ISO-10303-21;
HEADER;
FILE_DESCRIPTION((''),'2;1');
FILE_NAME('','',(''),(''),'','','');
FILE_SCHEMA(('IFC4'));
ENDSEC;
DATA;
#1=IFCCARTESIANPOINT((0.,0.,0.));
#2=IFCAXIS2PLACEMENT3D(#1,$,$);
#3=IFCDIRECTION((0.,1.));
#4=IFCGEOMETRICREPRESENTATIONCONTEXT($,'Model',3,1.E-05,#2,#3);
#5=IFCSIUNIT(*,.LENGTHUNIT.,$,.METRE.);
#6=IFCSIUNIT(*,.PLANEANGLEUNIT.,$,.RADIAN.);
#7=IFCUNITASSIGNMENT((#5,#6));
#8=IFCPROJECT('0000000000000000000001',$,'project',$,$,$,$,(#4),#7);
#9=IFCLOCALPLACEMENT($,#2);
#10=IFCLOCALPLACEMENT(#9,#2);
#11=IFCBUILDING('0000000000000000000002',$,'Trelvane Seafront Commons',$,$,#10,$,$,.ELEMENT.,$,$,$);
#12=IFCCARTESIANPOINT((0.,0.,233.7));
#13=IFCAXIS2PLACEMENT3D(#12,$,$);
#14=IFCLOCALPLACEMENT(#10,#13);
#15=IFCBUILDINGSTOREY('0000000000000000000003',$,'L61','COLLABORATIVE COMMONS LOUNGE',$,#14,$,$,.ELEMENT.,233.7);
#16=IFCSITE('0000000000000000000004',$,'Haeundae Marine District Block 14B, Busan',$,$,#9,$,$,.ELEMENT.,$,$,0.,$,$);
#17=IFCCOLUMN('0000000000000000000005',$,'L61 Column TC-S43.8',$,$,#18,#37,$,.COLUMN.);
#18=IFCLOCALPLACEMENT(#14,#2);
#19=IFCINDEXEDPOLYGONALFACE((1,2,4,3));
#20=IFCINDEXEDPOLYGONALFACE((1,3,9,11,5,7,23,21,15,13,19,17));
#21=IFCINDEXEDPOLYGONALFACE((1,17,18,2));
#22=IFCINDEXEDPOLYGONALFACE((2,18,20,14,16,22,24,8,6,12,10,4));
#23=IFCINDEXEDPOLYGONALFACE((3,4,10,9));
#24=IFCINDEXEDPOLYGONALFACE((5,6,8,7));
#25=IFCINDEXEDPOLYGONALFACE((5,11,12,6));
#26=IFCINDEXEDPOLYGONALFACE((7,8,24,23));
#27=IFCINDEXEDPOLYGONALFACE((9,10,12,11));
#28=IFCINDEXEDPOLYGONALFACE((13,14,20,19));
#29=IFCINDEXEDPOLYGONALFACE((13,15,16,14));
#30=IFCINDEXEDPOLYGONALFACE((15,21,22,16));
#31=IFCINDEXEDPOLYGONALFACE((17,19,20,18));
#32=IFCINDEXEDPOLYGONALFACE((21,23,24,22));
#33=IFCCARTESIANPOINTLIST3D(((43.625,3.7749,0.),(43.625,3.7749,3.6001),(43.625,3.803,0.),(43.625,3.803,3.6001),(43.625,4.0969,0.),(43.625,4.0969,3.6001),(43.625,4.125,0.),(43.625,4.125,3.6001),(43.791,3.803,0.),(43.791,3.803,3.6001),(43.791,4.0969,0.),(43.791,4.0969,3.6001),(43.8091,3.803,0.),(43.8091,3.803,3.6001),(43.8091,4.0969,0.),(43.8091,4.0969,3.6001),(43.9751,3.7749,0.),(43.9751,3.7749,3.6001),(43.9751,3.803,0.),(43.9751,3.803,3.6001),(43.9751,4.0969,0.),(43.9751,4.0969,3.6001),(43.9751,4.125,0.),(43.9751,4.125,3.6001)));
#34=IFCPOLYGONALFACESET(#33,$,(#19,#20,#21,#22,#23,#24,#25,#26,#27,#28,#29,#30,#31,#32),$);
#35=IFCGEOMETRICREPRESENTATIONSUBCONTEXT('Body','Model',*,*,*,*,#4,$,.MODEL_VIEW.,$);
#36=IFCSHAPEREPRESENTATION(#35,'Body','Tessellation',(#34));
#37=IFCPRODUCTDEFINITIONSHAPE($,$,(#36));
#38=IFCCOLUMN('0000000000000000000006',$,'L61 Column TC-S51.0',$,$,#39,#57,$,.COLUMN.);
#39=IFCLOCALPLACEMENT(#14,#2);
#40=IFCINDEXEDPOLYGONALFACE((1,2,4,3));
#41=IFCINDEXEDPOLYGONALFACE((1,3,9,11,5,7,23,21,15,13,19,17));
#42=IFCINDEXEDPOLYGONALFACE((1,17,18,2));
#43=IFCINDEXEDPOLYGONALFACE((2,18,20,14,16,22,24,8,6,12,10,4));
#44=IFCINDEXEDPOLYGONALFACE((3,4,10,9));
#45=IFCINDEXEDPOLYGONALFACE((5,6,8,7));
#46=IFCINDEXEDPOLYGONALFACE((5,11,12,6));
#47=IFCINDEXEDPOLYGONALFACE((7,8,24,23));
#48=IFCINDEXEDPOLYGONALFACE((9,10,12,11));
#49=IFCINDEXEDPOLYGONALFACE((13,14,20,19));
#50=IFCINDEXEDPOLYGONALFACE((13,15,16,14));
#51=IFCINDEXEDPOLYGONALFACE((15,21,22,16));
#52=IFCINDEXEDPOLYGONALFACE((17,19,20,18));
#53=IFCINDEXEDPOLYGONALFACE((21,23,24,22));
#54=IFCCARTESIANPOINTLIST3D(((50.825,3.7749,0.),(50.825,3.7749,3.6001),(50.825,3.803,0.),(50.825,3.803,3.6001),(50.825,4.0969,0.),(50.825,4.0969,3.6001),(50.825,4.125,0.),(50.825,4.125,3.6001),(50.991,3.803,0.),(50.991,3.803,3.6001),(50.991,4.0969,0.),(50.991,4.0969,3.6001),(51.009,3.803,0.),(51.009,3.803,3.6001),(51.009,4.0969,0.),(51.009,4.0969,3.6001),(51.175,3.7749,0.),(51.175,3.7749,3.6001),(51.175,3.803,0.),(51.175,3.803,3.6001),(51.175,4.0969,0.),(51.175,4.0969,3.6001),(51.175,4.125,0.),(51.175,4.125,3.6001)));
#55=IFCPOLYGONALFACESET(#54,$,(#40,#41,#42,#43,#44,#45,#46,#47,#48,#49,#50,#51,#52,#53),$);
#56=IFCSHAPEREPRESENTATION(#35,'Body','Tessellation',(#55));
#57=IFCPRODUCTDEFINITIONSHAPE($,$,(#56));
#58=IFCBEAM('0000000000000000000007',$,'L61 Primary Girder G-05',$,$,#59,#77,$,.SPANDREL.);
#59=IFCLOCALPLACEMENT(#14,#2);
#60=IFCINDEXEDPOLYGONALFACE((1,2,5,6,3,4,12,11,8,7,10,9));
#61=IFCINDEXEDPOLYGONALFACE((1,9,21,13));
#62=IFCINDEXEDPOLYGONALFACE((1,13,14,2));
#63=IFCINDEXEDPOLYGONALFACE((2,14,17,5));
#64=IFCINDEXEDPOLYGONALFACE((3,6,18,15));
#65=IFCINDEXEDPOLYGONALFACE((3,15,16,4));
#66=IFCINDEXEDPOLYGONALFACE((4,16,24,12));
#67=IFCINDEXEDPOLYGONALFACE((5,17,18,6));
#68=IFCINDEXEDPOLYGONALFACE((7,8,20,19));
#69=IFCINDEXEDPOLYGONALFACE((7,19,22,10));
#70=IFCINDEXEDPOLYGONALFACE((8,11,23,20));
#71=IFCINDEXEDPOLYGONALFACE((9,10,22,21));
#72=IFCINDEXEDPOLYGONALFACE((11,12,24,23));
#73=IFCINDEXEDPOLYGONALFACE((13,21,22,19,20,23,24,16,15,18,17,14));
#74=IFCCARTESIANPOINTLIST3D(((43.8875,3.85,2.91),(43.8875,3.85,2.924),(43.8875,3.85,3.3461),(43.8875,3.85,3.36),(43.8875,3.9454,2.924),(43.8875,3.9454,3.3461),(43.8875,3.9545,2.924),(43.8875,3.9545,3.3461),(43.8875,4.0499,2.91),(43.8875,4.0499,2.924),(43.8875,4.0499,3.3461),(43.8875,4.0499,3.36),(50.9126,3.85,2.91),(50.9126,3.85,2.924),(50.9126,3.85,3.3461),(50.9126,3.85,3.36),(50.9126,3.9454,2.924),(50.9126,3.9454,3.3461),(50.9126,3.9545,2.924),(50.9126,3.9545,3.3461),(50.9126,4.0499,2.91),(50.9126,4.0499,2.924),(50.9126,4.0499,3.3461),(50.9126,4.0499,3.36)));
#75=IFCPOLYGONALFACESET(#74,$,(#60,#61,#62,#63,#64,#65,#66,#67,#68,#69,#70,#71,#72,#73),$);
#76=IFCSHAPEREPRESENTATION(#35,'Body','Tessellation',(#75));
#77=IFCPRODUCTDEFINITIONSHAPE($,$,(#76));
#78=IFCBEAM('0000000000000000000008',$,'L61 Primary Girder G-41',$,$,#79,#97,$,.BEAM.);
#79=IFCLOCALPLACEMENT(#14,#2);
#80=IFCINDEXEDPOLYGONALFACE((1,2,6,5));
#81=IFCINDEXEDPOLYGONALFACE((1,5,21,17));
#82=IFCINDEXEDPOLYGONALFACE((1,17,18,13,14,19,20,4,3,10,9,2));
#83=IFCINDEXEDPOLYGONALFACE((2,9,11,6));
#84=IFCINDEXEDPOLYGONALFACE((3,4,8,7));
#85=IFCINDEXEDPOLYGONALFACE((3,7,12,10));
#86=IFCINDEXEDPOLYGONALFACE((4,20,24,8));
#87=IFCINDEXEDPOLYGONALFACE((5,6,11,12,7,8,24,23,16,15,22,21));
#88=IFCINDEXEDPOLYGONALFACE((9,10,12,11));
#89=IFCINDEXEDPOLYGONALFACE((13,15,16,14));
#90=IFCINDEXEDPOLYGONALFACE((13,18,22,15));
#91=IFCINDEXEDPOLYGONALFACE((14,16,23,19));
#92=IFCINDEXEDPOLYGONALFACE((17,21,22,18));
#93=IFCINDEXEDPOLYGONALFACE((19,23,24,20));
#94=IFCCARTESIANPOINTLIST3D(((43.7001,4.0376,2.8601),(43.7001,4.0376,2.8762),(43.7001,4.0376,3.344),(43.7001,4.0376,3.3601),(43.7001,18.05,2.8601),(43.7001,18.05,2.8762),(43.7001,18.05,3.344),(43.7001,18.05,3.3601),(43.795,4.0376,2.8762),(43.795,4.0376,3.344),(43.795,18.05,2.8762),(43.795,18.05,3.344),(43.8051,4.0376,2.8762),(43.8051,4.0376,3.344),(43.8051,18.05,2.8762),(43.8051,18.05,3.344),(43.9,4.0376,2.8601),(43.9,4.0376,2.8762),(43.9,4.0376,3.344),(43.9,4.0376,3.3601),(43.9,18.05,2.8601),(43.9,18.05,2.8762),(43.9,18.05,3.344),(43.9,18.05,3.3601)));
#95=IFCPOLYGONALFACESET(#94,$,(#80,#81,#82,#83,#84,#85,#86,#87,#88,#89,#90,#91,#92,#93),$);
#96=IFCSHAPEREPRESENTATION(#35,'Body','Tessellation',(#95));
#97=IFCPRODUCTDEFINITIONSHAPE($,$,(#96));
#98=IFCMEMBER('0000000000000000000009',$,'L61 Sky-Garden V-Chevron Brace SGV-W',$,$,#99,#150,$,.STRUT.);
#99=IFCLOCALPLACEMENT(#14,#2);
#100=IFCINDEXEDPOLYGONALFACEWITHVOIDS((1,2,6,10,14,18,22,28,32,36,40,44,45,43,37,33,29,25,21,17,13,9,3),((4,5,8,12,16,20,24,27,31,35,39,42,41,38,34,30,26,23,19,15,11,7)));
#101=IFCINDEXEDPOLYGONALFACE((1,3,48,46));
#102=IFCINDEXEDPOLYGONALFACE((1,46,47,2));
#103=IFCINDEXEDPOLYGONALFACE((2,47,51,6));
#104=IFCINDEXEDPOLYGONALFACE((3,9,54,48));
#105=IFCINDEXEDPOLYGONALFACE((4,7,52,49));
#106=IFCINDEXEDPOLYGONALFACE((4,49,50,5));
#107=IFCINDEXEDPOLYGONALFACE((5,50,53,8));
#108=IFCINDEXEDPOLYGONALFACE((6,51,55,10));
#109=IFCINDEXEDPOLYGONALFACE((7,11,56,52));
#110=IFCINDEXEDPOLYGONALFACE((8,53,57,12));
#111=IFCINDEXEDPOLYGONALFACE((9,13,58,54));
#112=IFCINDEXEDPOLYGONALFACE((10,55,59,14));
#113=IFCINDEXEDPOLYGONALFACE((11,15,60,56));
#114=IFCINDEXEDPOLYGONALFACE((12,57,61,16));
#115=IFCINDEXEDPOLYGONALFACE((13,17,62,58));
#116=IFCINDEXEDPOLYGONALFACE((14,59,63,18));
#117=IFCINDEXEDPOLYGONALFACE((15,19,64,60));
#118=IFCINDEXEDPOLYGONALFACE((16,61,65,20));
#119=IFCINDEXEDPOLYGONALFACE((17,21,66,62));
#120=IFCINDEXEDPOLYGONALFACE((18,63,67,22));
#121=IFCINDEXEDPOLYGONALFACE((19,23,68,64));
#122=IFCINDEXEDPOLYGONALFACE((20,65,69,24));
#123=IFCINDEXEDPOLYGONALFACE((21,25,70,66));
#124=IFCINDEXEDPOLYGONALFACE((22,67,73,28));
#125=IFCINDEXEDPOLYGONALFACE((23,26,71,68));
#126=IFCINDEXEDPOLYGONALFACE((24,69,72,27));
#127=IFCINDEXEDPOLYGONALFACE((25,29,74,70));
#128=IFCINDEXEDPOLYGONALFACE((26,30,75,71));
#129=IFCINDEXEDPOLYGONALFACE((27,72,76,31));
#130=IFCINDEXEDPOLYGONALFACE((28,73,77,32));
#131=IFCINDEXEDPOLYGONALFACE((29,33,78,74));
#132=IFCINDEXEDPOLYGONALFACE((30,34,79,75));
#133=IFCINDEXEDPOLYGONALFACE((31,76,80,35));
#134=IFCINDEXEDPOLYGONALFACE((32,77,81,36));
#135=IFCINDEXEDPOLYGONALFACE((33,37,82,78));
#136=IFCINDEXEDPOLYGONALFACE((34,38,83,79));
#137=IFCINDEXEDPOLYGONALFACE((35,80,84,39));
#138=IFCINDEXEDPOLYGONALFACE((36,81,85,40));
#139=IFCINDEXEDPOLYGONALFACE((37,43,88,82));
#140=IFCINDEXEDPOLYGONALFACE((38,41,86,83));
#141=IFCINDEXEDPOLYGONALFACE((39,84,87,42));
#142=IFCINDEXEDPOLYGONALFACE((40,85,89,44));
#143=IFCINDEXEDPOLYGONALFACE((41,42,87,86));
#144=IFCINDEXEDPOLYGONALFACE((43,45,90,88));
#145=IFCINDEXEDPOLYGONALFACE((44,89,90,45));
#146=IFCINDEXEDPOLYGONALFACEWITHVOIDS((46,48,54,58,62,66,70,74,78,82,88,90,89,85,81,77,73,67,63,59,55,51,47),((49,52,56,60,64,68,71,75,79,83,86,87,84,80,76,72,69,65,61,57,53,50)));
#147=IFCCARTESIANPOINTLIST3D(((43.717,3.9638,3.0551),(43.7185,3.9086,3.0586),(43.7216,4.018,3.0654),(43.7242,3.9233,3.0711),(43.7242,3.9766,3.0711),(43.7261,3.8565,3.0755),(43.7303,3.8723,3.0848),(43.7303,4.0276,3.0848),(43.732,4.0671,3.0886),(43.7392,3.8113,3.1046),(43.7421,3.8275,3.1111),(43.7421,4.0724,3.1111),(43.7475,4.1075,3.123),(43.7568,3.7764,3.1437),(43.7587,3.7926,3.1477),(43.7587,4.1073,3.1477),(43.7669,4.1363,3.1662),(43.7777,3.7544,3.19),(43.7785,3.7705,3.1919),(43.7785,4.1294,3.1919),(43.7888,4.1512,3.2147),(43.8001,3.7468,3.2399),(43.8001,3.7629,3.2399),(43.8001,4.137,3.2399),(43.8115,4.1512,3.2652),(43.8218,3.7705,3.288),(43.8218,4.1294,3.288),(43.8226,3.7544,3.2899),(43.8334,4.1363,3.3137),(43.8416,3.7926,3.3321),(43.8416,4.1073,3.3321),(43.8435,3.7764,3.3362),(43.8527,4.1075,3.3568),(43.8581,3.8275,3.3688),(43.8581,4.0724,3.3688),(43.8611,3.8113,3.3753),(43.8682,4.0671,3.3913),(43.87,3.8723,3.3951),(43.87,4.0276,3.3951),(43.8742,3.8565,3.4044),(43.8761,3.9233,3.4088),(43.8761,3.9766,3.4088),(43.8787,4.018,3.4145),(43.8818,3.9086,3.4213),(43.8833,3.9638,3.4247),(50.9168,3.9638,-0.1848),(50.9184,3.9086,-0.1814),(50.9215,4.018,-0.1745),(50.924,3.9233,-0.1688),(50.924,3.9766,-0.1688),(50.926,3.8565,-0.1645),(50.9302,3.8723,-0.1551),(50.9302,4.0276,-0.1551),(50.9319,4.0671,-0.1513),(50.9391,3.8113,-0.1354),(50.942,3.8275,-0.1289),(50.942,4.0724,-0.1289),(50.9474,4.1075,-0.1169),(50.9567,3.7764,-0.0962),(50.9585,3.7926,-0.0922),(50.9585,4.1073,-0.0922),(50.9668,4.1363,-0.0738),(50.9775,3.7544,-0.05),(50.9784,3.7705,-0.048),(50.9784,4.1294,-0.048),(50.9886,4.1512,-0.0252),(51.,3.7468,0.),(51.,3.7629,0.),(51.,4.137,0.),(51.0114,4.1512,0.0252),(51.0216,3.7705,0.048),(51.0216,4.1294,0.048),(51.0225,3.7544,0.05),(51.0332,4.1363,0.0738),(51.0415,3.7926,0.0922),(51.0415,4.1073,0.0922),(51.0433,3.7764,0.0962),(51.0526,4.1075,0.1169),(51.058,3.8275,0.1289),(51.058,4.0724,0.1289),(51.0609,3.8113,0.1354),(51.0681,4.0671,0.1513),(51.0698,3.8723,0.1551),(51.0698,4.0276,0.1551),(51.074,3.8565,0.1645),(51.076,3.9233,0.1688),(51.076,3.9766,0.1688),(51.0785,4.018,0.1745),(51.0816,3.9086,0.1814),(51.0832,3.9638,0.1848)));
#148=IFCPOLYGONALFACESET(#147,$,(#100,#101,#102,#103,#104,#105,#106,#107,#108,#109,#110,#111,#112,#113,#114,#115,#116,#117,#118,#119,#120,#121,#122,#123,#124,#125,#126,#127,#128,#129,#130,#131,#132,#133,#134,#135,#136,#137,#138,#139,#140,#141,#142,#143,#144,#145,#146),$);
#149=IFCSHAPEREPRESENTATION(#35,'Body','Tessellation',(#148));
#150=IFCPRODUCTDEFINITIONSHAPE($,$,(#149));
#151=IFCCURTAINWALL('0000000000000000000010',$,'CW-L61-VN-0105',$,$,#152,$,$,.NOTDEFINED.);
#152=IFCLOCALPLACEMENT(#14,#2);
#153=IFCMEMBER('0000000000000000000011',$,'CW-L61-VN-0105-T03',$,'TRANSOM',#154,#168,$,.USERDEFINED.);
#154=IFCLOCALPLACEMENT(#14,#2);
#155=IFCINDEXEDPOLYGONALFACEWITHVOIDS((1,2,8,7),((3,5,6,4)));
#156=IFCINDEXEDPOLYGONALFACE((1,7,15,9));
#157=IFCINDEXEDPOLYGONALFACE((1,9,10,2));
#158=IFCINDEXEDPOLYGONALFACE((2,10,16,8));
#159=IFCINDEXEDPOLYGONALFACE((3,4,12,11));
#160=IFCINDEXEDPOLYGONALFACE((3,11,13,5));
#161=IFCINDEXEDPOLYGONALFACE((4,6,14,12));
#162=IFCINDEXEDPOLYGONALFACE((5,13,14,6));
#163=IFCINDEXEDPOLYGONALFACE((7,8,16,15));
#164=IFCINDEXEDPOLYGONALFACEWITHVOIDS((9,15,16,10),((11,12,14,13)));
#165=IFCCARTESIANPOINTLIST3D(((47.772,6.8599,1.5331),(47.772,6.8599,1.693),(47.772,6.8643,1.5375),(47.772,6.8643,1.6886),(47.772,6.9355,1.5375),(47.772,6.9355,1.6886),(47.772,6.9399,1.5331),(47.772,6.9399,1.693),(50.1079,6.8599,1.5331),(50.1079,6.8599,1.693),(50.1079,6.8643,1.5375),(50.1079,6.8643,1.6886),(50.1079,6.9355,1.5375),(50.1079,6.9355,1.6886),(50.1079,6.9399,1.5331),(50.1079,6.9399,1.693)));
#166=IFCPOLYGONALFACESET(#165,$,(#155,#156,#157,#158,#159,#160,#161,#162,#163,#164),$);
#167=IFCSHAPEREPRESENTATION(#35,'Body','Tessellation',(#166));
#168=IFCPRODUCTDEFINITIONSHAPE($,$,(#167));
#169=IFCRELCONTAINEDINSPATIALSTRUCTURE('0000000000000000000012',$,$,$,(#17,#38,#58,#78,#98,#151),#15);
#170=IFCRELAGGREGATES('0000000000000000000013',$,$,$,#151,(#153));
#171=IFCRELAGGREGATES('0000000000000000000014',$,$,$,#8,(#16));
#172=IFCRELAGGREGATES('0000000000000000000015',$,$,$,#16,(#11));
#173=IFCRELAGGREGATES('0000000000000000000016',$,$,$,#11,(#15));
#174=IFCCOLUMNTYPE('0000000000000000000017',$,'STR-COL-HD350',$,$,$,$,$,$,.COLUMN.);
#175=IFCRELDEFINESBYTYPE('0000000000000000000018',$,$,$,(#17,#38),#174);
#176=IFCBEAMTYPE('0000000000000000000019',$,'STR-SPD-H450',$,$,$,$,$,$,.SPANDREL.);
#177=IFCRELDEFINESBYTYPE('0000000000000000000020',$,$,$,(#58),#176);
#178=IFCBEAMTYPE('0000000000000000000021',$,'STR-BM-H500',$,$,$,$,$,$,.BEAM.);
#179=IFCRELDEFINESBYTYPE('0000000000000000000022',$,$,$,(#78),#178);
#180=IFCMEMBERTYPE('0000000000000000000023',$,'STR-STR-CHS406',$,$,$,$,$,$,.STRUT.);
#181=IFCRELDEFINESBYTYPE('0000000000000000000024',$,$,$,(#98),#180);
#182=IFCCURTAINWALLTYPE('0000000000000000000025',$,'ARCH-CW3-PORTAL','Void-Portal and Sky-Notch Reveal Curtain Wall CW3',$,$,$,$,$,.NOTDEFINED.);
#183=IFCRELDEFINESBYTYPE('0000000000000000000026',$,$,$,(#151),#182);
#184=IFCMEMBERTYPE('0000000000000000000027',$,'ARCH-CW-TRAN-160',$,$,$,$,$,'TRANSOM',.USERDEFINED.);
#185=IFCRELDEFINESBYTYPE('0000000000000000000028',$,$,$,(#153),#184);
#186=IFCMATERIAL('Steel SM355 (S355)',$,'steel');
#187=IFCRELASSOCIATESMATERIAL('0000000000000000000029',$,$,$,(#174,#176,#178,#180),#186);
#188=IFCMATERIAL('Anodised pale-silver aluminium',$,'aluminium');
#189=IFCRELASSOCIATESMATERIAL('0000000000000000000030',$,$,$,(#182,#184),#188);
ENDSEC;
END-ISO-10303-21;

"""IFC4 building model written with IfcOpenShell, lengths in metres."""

from ifc_helpers import new_model, si_unit, direction, frame, origin, origin_2d, place, context, subcontext, project, spatial, hollow_rectangle, hollow_circle, i_section, extrude, source, transform, mapped, material, material_profile, profile_set, type_object, element, aggregate, save


model = new_model("IFC4")

# Units and contexts
model_context = context("Model", 3, precision=1e-05, world=origin(), true_north=direction((0.0, 1.0)))
body_context = subcontext(model_context, "Body", "Model", "MODEL_VIEW")
ifc_project = project(units=[si_unit("LENGTHUNIT", "METRE"), si_unit("PLANEANGLEUNIT", "RADIAN")], contexts=[model_context])

# Site, building, storey
site_placement = place(None, origin())
site = spatial("IfcSite", under=ifc_project, at=site_placement, Name="Haeundae Marine District Block 14B, Busan", CompositionType="ELEMENT", RefElevation=0.0)
building_placement = place(site_placement, origin())
building = spatial("IfcBuilding", under=site, at=building_placement, Name="Trelvane Seafront Commons", CompositionType="ELEMENT")
storey_placement = place(building_placement, frame((0.0, 0.0, 233.7)))
storey = spatial("IfcBuildingStorey", under=building, at=storey_placement, Name="L61", Description="COLLABORATIVE COMMONS LOUNGE", CompositionType="ELEMENT", Elevation=233.7)

# Columns
ifc_material_1 = material(Name="Steel SM355 (S355)", Category="steel")
ifc_material_profile_1 = material_profile(ifc_material_1, i_section(OverallWidth=0.3501, OverallDepth=0.3501, WebThickness=0.0181, FlangeThickness=0.0281, at=origin_2d()), Name="HD-350x350x18x28")
ifc_profile_set_1 = profile_set([ifc_material_profile_1], Name="Steel SM355 (S355)")
column_type = type_object("IfcColumnType", Name="STR-COL-HD350", PredefinedType="COLUMN", material=ifc_profile_set_1)
shared_shape_1 = source(origin(), body_context, "Body", "SweptSolid", [
    extrude(i_section(OverallWidth=0.3501, OverallDepth=0.3501, WebThickness=0.0181, FlangeThickness=0.0281, at=origin_2d()), origin(), (0.0, 0.0, 1.0), 3.6001),
])
for number, where, z_axis, x_axis, name in (
    (1, (43.8, 3.95, 0.0), (0.0, 0.0, 1.0), (1.0, 0.0, 0.0), "L61 Column TC-S43.8"),
    (2, (51.0, 3.95, 0.0), (0.0, 0.0, 1.0), (1.0, 0.0, 0.0), "L61 Column TC-S51.0"),
):
    element("IfcColumn", number, at=place(storey_placement, frame(where, z_axis=z_axis, x_axis=x_axis)), inside=storey, type_object=column_type, Name=name, PredefinedType="COLUMN", context=body_context, shape_type="MappedRepresentation", body=[
        mapped(shared_shape_1, transform((0.0, 0.0, 0.0), x_axis=(1.0, 0.0, 0.0), y_axis=(0.0, 1.0, 0.0), z_axis=(0.0, 0.0, 1.0), scale=1.0)),
    ])

# Beams
ifc_material_profile_2 = material_profile(ifc_material_1, i_section(OverallWidth=0.2, OverallDepth=0.45, WebThickness=0.009, FlangeThickness=0.0139, at=origin_2d()), Name="H-450x200x9x14")
ifc_profile_set_2 = profile_set([ifc_material_profile_2], Name="Steel SM355 (S355)")
beam_type_1 = type_object("IfcBeamType", Name="STR-SPD-H450", PredefinedType="SPANDREL", material=ifc_profile_set_2)
shared_shape_2 = source(origin(), body_context, "Body", "SweptSolid", [
    extrude(i_section(OverallWidth=0.2, OverallDepth=0.45, WebThickness=0.009, FlangeThickness=0.0139, at=origin_2d()), origin(), (0.0, 0.0, 1.0), 7.0251),
])
beam_1_placement = place(storey_placement, frame((43.8875, 3.95, 3.135), z_axis=(1.0, 0.0, 0.0), x_axis=(0.0, 1.0, 0.0)))
element("IfcBeam", 3, at=beam_1_placement, inside=storey, type_object=beam_type_1, Name="L61 Primary Girder G-05", PredefinedType="SPANDREL", context=body_context, shape_type="MappedRepresentation", body=[
    mapped(shared_shape_2, transform((0.0, 0.0, 0.0), x_axis=(1.0, 0.0, 0.0), y_axis=(0.0, 1.0, 0.0), z_axis=(0.0, 0.0, 1.0), scale=1.0)),
])
ifc_material_profile_3 = material_profile(ifc_material_1, i_section(OverallWidth=0.2, OverallDepth=0.5, WebThickness=0.01, FlangeThickness=0.0161, at=origin_2d()), Name="H-500x200x10x16")
ifc_profile_set_3 = profile_set([ifc_material_profile_3], Name="Steel SM355 (S355)")
beam_type_2 = type_object("IfcBeamType", Name="STR-BM-H500", PredefinedType="BEAM", material=ifc_profile_set_3)
shared_shape_3 = source(origin(), body_context, "Body", "SweptSolid", [
    extrude(i_section(OverallWidth=0.2, OverallDepth=0.5, WebThickness=0.01, FlangeThickness=0.0161, at=origin_2d()), origin(), (0.0, 0.0, 1.0), 14.0125),
])
beam_2_placement = place(storey_placement, frame((43.8, 4.0376, 3.1101), z_axis=(0.0, 1.0, 0.0), x_axis=(-1.0, 0.0, 0.0)))
element("IfcBeam", 4, at=beam_2_placement, inside=storey, type_object=beam_type_2, Name="L61 Primary Girder G-41", PredefinedType="BEAM", context=body_context, shape_type="MappedRepresentation", body=[
    mapped(shared_shape_3, transform((0.0, 0.0, 0.0), x_axis=(1.0, 0.0, 0.0), y_axis=(0.0, 1.0, 0.0), z_axis=(0.0, 0.0, 1.0), scale=1.0)),
])

# Member
ifc_material_profile_4 = material_profile(ifc_material_1, hollow_circle(Radius=0.2031, WallThickness=0.0161, at=origin_2d()), Name="CHS-406.4x16")
ifc_profile_set_4 = profile_set([ifc_material_profile_4], Name="Steel SM355 (S355)")
member_type_1 = type_object("IfcMemberType", Name="STR-STR-CHS406", PredefinedType="STRUT", material=ifc_profile_set_4)
shared_shape_4 = source(origin(), body_context, "Body", "SweptSolid", [
    extrude(hollow_circle(Radius=0.2031, WallThickness=0.0161, at=origin_2d()), origin(), (0.0, 0.0, 1.0), 7.8953),
])
member_1_placement = place(storey_placement, frame((51.0, 3.95, 0.0), z_axis=(-0.911921, 0.0, 0.410366), x_axis=(0.0, -1.0, 0.0)))
element("IfcMember", 5, at=member_1_placement, inside=storey, type_object=member_type_1, Name="L61 Sky-Garden V-Chevron Brace SGV-W", PredefinedType="STRUT", context=body_context, shape_type="MappedRepresentation", body=[
    mapped(shared_shape_4, transform((0.0, 0.0, 0.0), x_axis=(1.0, 0.0, 0.0), y_axis=(0.0, 1.0, 0.0), z_axis=(0.0, 0.0, 1.0), scale=1.0)),
])

# Curtain wall, member
ifc_material_2 = material(Name="Anodised pale-silver aluminium", Category="aluminium")
curtain_wall_type = type_object("IfcCurtainWallType", Name="ARCH-CW3-PORTAL", Description="Void-Portal and Sky-Notch Reveal Curtain Wall CW3", PredefinedType="NOTDEFINED", material=ifc_material_2)
curtain_wall_placement = place(storey_placement, origin())
curtain_wall = element("IfcCurtainWall", 6, at=curtain_wall_placement, inside=storey, type_object=curtain_wall_type, Name="CW-L61-VN-0105", PredefinedType="NOTDEFINED")
ifc_material_profile_5 = material_profile(ifc_material_2, hollow_rectangle(XDim=0.0801, YDim=0.1599, WallThickness=0.0044, at=origin_2d()), Name="TRAN-80x160x4.5")
ifc_profile_set_5 = profile_set([ifc_material_profile_5], Name="Anodised pale-silver aluminium")
member_type_2 = type_object("IfcMemberType", Name="ARCH-CW-TRAN-160", ElementType="TRANSOM", PredefinedType="USERDEFINED", material=ifc_profile_set_5)
shared_shape_5 = source(origin(), body_context, "Body", "SweptSolid", [
    extrude(hollow_rectangle(XDim=0.0801, YDim=0.1599, WallThickness=0.0044, at=origin_2d()), origin(), (0.0, 0.0, 1.0), 2.3359),
])
member_2_placement = place(storey_placement, frame((50.1079, 6.8999, 1.613), z_axis=(-1.0, 0.0, 0.0), x_axis=(0.0, -1.0, 0.0)))
member_2 = element("IfcMember", 7, at=member_2_placement, type_object=member_type_2, Name="CW-L61-VN-0105-T03", ObjectType="TRANSOM", PredefinedType="USERDEFINED", context=body_context, shape_type="MappedRepresentation", body=[
    mapped(shared_shape_5, transform((0.0, 0.0, 0.0), x_axis=(1.0, 0.0, 0.0), y_axis=(0.0, 1.0, 0.0), z_axis=(0.0, 0.0, 1.0), scale=1.0)),
])

aggregate(curtain_wall, [member_2])

save(model, "model.ifc")
